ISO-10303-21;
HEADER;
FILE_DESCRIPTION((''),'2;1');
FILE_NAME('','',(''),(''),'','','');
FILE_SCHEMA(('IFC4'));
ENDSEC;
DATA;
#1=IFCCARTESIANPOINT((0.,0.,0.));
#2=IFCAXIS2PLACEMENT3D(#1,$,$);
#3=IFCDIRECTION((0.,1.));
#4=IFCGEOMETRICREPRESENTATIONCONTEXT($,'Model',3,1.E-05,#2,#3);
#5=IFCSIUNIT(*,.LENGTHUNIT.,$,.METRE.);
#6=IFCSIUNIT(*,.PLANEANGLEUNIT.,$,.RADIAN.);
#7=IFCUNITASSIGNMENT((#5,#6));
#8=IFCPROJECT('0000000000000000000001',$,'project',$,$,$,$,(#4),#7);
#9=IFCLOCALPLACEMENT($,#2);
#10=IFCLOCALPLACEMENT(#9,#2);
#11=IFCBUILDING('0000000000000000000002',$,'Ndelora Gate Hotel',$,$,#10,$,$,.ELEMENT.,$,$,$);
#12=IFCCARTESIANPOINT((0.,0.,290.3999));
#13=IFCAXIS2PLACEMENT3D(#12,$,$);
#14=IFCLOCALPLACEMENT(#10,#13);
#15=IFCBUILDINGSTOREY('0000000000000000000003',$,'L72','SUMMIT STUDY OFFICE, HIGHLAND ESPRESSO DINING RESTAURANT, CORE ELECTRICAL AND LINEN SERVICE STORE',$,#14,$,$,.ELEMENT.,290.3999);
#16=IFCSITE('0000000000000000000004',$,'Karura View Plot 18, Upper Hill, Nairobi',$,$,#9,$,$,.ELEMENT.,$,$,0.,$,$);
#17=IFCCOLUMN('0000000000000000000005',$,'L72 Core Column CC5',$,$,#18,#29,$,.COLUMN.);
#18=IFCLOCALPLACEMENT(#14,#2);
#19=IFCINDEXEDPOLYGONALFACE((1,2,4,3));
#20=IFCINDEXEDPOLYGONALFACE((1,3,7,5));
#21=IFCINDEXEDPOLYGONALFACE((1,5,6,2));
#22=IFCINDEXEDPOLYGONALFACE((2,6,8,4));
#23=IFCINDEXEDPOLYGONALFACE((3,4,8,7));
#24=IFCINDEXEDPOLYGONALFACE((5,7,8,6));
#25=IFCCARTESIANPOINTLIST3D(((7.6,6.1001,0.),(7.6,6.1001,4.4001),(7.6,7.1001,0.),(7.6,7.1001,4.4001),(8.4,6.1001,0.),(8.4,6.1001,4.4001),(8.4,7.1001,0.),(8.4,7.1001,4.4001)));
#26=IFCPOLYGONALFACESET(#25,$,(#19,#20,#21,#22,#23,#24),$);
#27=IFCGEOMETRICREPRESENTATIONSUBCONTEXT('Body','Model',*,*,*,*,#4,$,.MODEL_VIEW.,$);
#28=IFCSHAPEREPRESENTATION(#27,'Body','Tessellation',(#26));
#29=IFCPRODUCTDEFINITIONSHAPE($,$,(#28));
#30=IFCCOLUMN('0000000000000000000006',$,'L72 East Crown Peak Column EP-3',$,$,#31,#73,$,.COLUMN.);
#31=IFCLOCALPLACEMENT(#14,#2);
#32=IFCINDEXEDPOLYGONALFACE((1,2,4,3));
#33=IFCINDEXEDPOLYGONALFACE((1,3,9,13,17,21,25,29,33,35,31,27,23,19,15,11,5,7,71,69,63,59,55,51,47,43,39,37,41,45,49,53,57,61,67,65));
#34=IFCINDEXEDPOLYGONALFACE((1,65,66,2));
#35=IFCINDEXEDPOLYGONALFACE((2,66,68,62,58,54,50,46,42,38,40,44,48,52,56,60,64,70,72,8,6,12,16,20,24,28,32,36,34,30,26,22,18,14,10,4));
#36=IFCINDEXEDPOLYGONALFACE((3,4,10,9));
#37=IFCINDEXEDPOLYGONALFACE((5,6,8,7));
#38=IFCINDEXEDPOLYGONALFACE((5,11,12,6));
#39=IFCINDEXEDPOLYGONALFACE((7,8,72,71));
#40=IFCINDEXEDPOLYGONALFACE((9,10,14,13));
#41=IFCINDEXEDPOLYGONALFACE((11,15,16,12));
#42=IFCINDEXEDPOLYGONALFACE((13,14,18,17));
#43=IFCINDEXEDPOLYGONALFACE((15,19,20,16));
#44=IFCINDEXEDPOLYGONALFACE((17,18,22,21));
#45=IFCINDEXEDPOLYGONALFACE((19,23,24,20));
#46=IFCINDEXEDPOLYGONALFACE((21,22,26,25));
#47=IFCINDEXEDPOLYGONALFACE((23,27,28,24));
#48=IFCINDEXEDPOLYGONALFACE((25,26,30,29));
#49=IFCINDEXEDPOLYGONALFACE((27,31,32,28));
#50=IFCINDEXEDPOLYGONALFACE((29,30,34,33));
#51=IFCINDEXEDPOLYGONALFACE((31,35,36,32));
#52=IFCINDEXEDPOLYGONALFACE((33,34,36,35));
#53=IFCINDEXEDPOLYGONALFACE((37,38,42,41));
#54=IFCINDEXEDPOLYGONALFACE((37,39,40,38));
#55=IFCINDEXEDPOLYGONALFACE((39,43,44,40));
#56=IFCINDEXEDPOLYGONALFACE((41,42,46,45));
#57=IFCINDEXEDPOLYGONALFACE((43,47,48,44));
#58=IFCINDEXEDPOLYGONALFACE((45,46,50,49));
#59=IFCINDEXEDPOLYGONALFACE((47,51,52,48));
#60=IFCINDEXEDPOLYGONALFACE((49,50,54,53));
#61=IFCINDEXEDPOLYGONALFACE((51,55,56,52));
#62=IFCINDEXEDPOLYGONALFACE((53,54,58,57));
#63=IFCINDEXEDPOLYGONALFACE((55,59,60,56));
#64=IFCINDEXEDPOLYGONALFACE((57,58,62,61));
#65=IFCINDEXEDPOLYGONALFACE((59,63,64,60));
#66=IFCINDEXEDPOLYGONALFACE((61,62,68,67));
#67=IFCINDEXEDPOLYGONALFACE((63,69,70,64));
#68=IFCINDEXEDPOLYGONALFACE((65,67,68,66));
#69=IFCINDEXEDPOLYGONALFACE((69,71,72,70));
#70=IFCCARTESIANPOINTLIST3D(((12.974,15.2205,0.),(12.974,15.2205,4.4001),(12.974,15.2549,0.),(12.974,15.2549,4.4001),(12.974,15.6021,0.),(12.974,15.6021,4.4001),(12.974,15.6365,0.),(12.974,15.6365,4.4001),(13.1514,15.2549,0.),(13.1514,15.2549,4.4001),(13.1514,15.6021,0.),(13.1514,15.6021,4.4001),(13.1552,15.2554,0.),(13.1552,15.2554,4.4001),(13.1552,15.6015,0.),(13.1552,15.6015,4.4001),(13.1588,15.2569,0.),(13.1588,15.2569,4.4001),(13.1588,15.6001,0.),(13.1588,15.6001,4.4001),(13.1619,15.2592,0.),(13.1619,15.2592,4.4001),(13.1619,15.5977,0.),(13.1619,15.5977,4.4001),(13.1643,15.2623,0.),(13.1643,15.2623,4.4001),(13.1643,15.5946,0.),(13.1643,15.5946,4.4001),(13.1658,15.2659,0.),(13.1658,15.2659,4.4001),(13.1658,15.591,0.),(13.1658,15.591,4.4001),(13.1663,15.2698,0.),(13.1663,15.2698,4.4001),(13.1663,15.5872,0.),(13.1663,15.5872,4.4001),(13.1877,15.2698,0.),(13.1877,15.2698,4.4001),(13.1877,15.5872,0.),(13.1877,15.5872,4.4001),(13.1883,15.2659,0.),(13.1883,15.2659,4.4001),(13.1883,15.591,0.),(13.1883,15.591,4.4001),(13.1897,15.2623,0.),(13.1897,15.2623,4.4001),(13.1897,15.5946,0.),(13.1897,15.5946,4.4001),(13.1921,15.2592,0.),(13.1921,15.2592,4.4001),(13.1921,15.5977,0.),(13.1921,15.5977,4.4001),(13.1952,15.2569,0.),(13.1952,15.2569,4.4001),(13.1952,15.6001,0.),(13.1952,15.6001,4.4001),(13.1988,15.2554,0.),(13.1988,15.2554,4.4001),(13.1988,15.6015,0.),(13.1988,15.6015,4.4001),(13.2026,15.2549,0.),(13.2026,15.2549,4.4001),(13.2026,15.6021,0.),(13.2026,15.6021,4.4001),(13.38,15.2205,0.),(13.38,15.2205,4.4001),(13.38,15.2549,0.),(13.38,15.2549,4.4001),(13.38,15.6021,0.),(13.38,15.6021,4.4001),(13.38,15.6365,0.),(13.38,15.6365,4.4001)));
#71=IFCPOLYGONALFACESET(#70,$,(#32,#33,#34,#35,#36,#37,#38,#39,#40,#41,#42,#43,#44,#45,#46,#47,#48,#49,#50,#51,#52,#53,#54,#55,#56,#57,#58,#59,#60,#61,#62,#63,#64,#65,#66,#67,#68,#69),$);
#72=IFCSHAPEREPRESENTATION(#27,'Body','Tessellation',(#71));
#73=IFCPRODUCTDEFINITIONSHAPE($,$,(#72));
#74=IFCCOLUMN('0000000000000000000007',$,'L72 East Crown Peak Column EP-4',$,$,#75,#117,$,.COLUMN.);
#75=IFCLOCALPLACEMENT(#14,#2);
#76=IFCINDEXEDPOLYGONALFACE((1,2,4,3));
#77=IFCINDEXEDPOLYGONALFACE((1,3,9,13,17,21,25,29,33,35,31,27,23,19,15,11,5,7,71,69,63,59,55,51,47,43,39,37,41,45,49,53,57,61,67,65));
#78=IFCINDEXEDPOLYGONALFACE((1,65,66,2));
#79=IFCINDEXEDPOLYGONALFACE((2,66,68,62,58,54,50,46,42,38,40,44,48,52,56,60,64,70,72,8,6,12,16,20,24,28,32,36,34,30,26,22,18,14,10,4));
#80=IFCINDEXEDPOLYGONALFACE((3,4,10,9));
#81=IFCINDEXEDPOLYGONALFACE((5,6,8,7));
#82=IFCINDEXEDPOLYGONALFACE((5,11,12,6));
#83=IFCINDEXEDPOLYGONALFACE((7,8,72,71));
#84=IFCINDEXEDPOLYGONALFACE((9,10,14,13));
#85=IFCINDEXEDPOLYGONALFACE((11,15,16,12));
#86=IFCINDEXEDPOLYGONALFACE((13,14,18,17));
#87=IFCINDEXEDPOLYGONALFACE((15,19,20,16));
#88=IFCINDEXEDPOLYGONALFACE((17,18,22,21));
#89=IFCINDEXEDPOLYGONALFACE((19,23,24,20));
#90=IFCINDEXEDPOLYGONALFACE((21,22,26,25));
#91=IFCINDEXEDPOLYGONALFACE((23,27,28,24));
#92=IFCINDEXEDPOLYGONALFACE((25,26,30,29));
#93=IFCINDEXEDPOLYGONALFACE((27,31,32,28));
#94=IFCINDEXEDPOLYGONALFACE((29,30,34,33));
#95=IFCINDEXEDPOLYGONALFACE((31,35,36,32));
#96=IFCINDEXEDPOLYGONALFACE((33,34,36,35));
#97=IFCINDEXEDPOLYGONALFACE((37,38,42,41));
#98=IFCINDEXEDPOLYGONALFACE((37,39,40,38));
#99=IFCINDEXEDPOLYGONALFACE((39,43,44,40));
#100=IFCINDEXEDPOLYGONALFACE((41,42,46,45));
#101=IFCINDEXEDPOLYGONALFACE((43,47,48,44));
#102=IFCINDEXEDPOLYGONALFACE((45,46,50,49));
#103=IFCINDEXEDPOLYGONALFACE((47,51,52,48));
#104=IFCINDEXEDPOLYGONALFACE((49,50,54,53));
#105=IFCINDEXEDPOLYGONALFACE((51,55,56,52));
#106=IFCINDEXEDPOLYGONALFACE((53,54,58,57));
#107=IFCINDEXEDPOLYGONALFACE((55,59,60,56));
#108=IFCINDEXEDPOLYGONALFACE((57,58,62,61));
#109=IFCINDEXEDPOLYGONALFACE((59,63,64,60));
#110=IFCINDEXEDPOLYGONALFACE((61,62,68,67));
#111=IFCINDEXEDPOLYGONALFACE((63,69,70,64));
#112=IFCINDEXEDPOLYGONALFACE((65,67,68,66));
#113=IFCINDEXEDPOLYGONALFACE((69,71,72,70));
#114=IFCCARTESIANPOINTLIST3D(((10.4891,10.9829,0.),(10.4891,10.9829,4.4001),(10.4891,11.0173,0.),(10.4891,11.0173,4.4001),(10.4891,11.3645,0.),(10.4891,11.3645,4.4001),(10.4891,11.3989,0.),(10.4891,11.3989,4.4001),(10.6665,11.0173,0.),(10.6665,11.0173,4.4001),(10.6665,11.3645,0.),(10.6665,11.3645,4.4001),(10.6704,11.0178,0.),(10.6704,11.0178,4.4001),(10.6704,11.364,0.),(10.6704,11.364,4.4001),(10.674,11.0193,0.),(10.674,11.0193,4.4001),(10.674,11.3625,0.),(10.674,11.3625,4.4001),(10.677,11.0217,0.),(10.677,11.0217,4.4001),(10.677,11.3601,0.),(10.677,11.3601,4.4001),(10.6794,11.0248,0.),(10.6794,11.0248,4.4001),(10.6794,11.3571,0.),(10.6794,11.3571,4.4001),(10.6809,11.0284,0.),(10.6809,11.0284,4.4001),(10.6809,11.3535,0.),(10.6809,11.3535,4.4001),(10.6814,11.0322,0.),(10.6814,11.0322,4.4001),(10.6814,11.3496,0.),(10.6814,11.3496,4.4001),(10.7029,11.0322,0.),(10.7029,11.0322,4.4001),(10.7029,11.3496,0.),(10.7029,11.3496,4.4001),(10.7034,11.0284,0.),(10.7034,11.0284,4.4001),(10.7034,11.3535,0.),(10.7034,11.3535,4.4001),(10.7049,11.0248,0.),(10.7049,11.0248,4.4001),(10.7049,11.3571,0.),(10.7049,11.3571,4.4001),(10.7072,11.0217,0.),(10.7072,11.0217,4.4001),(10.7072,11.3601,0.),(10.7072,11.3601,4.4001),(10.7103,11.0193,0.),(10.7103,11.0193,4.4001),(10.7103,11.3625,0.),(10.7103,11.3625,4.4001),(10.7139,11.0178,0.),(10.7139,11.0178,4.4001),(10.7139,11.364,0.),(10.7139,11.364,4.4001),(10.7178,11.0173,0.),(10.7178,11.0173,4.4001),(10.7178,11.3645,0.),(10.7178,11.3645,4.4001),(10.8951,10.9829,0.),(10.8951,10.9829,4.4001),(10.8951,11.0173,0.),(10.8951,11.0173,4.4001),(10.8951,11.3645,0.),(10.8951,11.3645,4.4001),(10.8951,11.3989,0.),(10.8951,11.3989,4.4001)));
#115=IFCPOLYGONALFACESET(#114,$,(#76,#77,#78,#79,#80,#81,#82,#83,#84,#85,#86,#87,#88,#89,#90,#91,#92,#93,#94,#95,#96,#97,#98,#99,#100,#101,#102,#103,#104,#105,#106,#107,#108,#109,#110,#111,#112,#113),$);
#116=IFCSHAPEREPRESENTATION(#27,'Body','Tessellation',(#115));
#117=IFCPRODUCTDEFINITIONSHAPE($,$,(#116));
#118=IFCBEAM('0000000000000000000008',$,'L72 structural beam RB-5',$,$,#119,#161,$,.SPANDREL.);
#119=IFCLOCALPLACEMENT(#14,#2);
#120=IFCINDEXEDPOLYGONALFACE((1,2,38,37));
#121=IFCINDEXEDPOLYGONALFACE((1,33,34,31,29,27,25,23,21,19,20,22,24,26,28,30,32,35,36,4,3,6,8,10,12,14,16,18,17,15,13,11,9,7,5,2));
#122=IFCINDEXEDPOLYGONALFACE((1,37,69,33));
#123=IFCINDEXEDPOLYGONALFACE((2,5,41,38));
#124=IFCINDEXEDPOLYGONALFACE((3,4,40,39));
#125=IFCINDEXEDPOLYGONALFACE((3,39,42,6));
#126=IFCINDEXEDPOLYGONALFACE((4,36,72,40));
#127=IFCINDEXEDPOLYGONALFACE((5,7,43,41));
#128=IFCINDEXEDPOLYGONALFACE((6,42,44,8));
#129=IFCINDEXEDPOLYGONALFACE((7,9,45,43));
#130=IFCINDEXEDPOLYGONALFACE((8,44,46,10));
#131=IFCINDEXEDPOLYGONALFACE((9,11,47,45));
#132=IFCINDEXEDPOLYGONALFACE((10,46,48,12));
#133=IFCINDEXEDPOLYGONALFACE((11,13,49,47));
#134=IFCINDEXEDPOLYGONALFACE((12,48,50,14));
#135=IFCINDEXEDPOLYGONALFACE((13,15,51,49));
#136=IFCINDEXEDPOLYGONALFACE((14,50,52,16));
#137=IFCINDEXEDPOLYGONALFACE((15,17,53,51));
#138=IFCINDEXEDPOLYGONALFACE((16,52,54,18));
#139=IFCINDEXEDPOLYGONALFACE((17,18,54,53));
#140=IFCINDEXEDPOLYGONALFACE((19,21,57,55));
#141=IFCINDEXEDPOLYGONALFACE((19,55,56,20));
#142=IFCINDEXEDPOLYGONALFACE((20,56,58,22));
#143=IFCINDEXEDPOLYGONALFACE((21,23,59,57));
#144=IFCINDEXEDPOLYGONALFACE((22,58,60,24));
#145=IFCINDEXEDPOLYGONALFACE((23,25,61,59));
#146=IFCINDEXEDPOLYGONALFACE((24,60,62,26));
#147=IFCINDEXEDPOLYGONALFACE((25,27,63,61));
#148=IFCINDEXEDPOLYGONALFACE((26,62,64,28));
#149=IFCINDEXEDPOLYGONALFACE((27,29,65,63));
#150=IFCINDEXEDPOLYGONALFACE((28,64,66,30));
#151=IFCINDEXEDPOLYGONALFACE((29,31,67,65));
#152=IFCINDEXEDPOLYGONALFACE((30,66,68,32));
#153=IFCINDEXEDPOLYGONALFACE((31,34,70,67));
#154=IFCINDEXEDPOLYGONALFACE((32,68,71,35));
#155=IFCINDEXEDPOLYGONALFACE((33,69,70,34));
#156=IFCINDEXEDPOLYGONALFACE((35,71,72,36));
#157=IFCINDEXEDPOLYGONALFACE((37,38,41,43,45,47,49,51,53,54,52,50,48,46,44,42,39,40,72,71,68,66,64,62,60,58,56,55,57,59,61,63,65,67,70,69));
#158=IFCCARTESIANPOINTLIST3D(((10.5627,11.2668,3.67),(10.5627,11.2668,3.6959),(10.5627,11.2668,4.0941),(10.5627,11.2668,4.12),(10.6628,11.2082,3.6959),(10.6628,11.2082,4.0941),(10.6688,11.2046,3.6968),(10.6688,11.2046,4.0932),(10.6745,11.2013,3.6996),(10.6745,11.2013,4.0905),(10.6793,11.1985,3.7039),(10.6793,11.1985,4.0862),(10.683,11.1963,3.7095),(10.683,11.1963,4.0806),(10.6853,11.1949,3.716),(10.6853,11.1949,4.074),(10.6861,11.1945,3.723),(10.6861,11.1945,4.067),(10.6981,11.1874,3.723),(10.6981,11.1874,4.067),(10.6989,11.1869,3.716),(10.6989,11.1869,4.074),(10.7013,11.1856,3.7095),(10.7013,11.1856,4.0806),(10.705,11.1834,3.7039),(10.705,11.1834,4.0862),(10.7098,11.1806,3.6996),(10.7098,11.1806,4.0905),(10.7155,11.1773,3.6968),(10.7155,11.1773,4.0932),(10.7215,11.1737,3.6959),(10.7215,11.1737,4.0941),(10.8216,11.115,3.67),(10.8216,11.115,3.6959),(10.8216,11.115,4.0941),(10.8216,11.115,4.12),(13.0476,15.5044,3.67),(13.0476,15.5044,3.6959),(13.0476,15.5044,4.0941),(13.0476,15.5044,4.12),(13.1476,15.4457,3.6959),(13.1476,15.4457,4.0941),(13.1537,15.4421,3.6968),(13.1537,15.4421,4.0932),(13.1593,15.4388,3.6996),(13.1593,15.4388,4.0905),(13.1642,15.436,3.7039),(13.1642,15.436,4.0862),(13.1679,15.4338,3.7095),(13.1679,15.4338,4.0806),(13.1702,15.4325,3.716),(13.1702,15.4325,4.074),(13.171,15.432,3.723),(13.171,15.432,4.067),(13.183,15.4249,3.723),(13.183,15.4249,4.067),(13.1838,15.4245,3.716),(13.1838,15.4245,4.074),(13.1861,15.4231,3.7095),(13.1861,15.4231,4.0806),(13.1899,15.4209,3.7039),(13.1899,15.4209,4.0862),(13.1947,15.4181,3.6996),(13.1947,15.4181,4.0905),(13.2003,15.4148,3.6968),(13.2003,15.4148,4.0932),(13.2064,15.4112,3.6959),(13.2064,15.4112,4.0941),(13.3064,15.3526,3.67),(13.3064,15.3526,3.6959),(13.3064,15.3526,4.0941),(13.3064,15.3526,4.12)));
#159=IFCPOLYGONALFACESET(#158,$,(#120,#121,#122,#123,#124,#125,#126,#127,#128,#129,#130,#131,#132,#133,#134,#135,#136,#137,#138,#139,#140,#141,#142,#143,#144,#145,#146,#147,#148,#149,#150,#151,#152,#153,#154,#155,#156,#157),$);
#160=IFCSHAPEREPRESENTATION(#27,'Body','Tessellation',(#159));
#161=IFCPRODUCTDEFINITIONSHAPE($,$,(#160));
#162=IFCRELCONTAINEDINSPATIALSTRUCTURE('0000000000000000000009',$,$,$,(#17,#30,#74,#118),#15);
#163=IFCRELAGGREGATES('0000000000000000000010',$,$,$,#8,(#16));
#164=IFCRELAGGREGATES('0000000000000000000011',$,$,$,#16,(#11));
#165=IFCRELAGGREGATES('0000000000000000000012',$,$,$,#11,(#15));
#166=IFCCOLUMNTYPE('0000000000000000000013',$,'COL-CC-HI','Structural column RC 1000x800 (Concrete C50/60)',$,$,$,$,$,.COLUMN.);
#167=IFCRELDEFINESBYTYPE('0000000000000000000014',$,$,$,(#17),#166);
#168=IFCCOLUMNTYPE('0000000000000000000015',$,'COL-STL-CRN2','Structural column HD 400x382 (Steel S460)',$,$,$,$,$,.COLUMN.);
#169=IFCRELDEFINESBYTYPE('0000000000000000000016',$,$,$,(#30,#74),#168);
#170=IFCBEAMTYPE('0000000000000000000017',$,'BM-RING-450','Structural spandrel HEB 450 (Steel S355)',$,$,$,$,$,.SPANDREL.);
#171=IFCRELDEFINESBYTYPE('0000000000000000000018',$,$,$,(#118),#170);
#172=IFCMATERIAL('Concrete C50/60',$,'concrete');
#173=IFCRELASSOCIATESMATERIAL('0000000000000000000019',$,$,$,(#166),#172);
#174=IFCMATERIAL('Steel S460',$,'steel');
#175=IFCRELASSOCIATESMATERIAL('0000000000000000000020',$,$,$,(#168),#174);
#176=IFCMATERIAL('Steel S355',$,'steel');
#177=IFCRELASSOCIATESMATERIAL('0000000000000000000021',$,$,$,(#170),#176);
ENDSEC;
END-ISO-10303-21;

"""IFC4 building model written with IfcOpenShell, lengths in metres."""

from ifc_helpers import new_model, si_unit, direction, frame, origin, origin_2d, place, context, subcontext, project, spatial, rectangle, i_section, extrude, material, material_profile, profile_set, type_object, element, save


model = new_model("IFC4")

# Units and contexts
model_context = context("Model", 3, precision=1e-05, world=origin(), true_north=direction((0.0, 1.0)))
body_context = subcontext(model_context, "Body", "Model", "MODEL_VIEW")
ifc_project = project(units=[si_unit("LENGTHUNIT", "METRE"), si_unit("PLANEANGLEUNIT", "RADIAN")], contexts=[model_context])

# Site, building, storey
site_placement = place(None, origin())
site = spatial("IfcSite", under=ifc_project, at=site_placement, Name="Karura View Plot 18, Upper Hill, Nairobi", CompositionType="ELEMENT", RefElevation=0.0)
building_placement = place(site_placement, origin())
building = spatial("IfcBuilding", under=site, at=building_placement, Name="Ndelora Gate Hotel", CompositionType="ELEMENT")
storey_placement = place(building_placement, frame((0.0, 0.0, 290.3999)))
storey = spatial("IfcBuildingStorey", under=building, at=storey_placement, Name="L72", Description="SUMMIT STUDY OFFICE, HIGHLAND ESPRESSO DINING RESTAURANT, CORE ELECTRICAL AND LINEN SERVICE STORE", CompositionType="ELEMENT", Elevation=290.3999)

# Columns
ifc_material_1 = material(Name="Concrete C50/60", Category="concrete")
ifc_material_profile_1 = material_profile(ifc_material_1, rectangle(XDim=0.8, YDim=1.0, at=origin_2d()), Name="RC 1000x800")
ifc_profile_set_1 = profile_set([ifc_material_profile_1], Name="Concrete C50/60")
column_type_1 = type_object("IfcColumnType", Name="COL-CC-HI", Description="Structural column RC 1000x800 (Concrete C50/60)", PredefinedType="COLUMN", material=ifc_profile_set_1)
column_placement = place(storey_placement, frame((8.0, 6.6001, 0.0), z_axis=(0.0, 0.0, 1.0), x_axis=(1.0, 0.0, 0.0)))
element("IfcColumn", 1, at=column_placement, inside=storey, type_object=column_type_1, Name="L72 Core Column CC5", PredefinedType="COLUMN", context=body_context, shape_type="SweptSolid", body=[
    extrude(rectangle(XDim=0.8, YDim=1.0, at=origin_2d()), origin(), (0.0, 0.0, 1.0), 4.4001),
])
ifc_material_2 = material(Name="Steel S460", Category="steel")
ifc_material_profile_2 = material_profile(ifc_material_2, i_section(OverallWidth=0.406, OverallDepth=0.416, WebThickness=0.0215, FlangeThickness=0.0344, FilletRadius=0.0149, at=origin_2d()), Name="HD 400x382")
ifc_profile_set_2 = profile_set([ifc_material_profile_2], Name="Steel S460")
column_type_2 = type_object("IfcColumnType", Name="COL-STL-CRN2", Description="Structural column HD 400x382 (Steel S460)", PredefinedType="COLUMN", material=ifc_profile_set_2)
for number, where, z_axis, x_axis, name in (
    (2, (13.177, 15.4285, 0.0), (0.0, 0.0, 1.0), (1.0, 0.0, 0.0), "L72 East Crown Peak Column EP-3"),
    (3, (10.6921, 11.1909, 0.0), (0.0, 0.0, 1.0), (1.0, 0.0, 0.0), "L72 East Crown Peak Column EP-4"),
):
    element("IfcColumn", number, at=place(storey_placement, frame(where, z_axis=z_axis, x_axis=x_axis)), inside=storey, type_object=column_type_2, Name=name, PredefinedType="COLUMN", context=body_context, shape_type="SweptSolid", body=[
        extrude(i_section(OverallWidth=0.406, OverallDepth=0.416, WebThickness=0.0215, FlangeThickness=0.0344, FilletRadius=0.0149, at=origin_2d()), origin(), (0.0, 0.0, 1.0), 4.4001),
    ])

# Beam
ifc_material_3 = material(Name="Steel S355", Category="steel")
ifc_material_profile_3 = material_profile(ifc_material_3, i_section(OverallWidth=0.3, OverallDepth=0.45, WebThickness=0.0139, FlangeThickness=0.0259, FilletRadius=0.0271, at=origin_2d()), Name="HEB 450")
ifc_profile_set_3 = profile_set([ifc_material_profile_3], Name="Steel S355")
beam_type = type_object("IfcBeamType", Name="BM-RING-450", Description="Structural spandrel HEB 450 (Steel S355)", PredefinedType="SPANDREL", material=ifc_profile_set_3)
beam_1_placement = place(storey_placement, frame((13.177, 15.4285, 3.895), z_axis=(-0.505838, -0.862628, 0.0), x_axis=(0.862628, -0.505838, 0.0)))
element("IfcBeam", 4, at=beam_1_placement, inside=storey, type_object=beam_type, Name="L72 structural beam RB-5", PredefinedType="SPANDREL", context=body_context, shape_type="SweptSolid", body=[
    extrude(i_section(OverallWidth=0.3, OverallDepth=0.45, WebThickness=0.0139, FlangeThickness=0.0259, FilletRadius=0.0271, at=origin_2d()), origin(), (0.0, 0.0, 1.0), 4.9124),
])

save(model, "model.ifc")
